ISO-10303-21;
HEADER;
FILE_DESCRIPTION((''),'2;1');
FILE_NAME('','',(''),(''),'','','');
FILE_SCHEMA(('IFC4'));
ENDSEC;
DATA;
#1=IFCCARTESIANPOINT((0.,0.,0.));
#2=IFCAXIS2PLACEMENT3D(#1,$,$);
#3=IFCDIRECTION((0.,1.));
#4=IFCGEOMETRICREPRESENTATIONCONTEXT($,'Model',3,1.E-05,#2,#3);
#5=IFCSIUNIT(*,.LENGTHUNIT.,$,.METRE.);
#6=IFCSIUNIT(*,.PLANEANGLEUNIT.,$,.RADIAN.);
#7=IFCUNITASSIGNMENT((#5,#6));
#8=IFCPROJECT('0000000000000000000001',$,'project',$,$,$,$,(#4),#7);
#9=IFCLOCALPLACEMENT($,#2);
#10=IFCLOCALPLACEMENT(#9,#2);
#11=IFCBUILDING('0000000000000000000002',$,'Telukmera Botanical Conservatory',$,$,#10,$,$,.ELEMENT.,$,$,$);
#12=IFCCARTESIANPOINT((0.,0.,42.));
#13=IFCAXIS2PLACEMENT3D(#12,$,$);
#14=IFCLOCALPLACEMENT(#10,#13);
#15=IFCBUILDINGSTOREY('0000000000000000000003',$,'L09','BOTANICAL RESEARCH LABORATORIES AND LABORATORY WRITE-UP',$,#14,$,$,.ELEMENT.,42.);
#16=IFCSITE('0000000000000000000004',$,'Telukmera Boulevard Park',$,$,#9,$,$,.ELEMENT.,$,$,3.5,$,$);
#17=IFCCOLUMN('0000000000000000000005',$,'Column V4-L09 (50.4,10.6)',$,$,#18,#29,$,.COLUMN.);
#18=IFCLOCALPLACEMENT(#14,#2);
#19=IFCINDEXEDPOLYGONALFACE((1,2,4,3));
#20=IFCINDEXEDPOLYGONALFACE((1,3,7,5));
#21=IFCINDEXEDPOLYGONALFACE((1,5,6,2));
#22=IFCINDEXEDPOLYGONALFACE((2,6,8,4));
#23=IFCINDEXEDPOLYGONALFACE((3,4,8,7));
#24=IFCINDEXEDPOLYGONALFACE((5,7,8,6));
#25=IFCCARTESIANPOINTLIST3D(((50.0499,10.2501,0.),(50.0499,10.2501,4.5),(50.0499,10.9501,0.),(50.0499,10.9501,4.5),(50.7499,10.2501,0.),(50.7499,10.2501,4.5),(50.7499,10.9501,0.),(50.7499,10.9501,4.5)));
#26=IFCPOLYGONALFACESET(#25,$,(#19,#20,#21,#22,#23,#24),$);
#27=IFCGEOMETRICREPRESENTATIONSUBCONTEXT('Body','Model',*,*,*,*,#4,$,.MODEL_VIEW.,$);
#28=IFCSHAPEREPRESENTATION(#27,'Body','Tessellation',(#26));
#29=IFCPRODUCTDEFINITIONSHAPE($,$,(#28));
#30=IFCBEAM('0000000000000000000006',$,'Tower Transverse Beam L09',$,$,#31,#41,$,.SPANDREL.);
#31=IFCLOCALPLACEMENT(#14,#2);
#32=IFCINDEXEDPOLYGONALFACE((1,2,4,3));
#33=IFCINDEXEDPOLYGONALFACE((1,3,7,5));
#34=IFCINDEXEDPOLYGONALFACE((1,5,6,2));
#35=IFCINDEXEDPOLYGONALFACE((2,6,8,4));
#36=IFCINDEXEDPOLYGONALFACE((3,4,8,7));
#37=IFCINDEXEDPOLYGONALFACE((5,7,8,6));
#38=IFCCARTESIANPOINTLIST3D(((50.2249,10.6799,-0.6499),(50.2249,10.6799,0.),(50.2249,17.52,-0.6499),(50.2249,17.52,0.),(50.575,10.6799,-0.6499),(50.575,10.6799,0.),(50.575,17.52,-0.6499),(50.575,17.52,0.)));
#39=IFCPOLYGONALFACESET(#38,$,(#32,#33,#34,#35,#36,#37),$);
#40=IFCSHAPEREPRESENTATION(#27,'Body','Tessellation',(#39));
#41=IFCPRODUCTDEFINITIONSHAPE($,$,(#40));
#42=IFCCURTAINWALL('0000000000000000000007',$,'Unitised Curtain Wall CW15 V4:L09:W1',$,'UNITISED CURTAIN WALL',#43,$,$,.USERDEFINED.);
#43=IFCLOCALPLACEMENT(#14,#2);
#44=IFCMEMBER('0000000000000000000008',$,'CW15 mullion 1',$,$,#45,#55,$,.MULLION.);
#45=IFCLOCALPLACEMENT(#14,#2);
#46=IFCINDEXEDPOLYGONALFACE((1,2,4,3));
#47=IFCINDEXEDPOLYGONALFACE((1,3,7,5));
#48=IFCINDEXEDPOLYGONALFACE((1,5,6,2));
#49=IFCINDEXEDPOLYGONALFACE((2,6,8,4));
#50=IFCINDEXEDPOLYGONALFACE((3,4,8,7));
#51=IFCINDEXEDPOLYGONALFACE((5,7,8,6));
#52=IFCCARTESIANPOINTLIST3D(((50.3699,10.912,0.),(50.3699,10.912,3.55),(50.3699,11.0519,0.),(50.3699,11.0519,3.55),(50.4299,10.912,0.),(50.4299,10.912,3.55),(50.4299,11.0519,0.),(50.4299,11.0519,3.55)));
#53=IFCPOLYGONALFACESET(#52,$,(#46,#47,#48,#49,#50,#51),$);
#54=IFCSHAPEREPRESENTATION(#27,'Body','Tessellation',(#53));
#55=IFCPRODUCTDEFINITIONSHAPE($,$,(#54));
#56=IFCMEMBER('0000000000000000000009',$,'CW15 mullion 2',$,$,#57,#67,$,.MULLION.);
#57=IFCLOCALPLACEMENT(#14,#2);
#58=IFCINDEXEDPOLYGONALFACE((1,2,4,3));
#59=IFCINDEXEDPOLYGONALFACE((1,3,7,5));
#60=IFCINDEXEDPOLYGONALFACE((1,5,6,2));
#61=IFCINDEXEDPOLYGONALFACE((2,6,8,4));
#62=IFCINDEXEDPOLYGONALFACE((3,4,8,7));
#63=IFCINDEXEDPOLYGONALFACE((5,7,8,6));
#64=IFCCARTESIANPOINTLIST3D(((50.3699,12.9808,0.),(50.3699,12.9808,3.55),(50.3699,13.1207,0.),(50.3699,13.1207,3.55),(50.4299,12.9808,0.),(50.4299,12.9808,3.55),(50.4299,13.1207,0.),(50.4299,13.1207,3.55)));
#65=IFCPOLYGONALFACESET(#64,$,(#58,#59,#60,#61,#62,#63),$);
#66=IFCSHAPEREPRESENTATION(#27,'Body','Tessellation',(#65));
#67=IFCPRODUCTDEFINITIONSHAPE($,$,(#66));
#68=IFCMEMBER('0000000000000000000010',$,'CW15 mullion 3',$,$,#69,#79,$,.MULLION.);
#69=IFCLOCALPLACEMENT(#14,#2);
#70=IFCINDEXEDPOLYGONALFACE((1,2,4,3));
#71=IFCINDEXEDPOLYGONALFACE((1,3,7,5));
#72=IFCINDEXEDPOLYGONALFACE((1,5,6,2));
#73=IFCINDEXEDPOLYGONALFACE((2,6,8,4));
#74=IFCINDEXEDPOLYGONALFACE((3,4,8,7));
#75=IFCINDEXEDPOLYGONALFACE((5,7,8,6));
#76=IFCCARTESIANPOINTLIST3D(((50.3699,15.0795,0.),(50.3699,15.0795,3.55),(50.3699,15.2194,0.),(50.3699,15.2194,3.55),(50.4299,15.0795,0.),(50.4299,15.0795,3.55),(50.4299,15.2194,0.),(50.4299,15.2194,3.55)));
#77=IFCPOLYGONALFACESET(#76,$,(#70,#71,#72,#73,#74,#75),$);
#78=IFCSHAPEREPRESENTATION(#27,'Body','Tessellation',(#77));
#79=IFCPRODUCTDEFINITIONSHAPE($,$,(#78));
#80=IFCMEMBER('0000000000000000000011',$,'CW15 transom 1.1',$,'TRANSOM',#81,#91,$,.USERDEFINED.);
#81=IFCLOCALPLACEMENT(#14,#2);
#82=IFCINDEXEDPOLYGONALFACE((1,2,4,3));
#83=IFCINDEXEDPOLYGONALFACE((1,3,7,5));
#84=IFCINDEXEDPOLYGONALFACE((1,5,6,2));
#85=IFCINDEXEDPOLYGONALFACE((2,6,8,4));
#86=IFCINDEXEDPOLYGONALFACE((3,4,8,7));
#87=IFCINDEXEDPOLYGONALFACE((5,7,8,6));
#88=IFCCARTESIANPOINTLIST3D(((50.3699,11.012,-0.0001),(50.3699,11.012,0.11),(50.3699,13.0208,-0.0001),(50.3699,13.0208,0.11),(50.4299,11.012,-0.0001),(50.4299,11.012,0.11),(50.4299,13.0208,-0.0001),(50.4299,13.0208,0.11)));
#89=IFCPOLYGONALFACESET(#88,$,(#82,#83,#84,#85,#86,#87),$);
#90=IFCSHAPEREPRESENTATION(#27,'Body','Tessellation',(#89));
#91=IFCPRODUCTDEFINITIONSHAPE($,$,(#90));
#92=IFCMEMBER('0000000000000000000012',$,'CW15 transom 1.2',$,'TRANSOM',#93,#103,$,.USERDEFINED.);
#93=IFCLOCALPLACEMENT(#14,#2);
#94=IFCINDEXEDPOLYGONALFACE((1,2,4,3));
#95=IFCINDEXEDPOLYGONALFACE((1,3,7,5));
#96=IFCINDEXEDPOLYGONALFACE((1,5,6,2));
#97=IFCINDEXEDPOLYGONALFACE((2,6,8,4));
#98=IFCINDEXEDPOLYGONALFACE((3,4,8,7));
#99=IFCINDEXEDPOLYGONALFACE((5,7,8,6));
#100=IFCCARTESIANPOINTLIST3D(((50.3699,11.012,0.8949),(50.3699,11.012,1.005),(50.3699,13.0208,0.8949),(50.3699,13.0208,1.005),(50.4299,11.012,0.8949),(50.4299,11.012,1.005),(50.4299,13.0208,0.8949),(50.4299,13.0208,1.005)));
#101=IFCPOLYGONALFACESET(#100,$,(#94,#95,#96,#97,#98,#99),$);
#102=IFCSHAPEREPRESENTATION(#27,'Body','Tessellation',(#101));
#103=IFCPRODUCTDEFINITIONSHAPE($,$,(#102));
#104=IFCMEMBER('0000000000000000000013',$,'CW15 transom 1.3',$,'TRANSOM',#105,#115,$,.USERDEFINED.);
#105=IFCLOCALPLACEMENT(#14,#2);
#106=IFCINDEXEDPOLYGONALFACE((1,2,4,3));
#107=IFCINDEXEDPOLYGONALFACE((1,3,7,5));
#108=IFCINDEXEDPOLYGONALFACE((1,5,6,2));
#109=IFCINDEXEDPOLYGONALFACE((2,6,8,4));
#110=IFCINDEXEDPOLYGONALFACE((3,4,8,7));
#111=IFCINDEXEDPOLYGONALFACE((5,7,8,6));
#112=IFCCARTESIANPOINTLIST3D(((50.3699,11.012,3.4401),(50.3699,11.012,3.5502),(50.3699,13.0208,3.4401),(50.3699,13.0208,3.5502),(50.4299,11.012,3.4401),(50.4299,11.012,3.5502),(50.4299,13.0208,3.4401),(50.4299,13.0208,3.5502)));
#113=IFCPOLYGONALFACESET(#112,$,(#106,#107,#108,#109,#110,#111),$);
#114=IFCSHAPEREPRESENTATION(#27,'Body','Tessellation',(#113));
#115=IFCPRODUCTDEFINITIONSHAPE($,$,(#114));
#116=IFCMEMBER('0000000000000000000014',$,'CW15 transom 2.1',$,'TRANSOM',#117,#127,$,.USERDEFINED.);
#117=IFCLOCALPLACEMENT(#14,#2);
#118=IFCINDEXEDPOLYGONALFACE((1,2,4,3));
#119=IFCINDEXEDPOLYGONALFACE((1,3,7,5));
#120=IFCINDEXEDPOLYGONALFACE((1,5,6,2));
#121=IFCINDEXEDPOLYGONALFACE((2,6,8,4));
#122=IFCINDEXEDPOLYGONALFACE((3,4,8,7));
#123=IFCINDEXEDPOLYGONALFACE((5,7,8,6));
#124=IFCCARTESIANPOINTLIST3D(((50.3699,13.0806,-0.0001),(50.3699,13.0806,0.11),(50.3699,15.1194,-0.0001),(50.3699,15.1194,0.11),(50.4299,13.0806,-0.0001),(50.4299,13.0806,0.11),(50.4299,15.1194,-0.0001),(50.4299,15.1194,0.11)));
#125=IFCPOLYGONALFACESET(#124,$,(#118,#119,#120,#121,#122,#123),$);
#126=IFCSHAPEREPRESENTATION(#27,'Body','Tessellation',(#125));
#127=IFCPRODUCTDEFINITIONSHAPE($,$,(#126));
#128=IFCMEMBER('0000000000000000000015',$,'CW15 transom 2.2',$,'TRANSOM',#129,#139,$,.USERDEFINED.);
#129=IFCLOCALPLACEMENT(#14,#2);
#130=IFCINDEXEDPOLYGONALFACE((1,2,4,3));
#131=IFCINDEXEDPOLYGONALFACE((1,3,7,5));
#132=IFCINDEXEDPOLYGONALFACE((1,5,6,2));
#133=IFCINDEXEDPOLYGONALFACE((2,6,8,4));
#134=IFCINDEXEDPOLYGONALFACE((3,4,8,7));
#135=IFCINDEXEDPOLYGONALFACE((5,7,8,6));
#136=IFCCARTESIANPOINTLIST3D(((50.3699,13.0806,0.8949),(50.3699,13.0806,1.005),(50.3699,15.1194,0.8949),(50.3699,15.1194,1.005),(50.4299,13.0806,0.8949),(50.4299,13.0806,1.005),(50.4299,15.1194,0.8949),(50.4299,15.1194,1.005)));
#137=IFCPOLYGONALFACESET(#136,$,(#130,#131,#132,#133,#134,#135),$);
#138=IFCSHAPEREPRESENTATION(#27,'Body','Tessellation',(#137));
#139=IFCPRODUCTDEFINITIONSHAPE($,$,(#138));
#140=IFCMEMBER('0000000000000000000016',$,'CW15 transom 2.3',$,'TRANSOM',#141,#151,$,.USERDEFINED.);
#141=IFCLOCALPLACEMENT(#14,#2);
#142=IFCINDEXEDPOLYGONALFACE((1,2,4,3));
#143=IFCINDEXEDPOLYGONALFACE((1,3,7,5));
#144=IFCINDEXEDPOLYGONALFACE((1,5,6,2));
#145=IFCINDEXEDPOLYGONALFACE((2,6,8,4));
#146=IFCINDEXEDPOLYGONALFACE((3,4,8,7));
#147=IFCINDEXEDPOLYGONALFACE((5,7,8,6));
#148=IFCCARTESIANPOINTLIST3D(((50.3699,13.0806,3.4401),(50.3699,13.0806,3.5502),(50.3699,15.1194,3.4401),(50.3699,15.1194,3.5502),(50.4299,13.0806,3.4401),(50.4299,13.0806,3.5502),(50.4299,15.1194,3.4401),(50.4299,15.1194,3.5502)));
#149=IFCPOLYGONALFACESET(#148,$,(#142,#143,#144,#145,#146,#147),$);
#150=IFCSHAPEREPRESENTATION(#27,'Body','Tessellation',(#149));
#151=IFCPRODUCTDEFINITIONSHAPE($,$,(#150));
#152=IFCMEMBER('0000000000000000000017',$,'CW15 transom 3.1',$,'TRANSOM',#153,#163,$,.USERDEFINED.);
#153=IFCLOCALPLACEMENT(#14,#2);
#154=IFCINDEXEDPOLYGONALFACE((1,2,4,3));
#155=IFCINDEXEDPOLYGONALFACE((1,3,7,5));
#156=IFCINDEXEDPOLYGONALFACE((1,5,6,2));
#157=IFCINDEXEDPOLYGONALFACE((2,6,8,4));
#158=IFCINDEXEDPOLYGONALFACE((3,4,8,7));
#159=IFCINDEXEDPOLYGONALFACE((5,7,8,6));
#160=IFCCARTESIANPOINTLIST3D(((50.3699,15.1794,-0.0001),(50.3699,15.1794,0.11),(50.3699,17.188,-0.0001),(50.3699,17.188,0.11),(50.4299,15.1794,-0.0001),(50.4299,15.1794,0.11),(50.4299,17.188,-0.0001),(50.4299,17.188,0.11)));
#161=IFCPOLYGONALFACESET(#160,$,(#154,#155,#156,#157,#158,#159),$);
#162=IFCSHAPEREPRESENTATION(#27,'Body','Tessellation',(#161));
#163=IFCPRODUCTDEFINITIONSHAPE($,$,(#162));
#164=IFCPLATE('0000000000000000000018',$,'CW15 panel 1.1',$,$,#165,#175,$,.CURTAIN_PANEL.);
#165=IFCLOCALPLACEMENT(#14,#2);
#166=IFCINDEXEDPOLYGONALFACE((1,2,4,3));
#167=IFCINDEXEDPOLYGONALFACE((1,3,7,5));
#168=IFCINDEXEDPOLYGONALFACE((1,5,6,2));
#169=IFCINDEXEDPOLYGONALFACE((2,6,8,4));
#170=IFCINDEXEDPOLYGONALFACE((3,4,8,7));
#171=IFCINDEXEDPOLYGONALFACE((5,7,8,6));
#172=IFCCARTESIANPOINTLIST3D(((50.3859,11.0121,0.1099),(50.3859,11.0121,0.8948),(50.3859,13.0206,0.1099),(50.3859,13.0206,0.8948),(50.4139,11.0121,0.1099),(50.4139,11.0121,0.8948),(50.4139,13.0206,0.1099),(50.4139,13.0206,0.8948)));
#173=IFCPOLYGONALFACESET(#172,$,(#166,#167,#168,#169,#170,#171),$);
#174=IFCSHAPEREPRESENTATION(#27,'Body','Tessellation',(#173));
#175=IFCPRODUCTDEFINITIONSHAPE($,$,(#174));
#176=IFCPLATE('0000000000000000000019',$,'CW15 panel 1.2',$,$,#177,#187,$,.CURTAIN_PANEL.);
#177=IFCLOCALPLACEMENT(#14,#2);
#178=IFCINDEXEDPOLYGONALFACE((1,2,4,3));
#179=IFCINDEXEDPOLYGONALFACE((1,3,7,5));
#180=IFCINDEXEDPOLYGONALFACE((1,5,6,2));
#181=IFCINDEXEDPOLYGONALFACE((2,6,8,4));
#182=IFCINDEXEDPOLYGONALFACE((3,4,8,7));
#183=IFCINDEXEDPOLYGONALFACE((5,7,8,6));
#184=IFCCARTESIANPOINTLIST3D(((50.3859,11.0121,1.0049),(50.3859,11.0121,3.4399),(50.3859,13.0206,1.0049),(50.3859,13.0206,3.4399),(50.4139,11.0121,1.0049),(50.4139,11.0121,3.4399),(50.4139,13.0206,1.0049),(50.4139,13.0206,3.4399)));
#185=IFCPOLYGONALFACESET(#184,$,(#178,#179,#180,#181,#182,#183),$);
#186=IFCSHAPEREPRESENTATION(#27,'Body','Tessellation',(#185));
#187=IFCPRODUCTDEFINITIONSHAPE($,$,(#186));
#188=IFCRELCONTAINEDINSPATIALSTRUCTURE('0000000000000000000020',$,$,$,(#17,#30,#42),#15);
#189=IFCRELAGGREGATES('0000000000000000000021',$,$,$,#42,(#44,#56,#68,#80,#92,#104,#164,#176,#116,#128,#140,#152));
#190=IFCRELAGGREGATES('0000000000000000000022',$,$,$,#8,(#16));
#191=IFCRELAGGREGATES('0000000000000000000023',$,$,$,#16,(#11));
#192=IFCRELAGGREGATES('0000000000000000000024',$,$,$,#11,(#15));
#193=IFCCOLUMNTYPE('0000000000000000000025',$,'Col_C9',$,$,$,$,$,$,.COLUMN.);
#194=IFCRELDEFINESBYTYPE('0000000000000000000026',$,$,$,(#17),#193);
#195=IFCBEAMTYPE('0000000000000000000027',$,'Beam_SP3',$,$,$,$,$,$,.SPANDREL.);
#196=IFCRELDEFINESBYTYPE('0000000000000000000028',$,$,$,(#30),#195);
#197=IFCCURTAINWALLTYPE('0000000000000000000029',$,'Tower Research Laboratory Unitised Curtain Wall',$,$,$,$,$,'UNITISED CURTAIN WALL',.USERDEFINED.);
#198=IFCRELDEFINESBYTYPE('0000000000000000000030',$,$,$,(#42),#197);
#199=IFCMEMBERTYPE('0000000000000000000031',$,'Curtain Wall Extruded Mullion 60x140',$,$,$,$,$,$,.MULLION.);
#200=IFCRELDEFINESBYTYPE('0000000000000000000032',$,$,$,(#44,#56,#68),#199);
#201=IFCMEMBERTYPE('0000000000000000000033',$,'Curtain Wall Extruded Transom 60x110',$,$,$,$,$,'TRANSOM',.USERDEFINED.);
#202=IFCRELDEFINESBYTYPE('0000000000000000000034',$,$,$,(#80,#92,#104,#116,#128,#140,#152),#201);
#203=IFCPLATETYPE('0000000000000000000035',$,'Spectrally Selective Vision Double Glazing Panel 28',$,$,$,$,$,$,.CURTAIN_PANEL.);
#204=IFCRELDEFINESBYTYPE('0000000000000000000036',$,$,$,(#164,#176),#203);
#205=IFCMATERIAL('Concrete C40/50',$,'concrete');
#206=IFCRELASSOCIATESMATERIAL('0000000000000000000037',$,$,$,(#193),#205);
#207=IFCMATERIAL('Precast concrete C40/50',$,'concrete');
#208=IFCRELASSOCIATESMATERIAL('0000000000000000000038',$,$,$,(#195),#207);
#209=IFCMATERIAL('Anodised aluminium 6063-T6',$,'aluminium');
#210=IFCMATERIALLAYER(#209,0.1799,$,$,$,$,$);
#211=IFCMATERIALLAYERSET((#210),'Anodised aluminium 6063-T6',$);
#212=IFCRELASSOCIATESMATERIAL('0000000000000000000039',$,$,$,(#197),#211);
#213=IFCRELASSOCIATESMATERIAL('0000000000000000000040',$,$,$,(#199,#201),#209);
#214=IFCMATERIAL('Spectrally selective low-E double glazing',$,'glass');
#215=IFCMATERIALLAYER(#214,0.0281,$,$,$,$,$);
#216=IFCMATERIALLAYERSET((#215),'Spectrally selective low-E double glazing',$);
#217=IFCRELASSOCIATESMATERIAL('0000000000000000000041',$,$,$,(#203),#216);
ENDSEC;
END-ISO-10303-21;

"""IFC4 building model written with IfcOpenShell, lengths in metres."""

from ifc_helpers import new_model, si_unit, direction, frame, origin, origin_2d, place, context, subcontext, project, spatial, rectangle, extrude, material, layer, layer_set, material_profile, profile_set, type_object, element, aggregate, save


model = new_model("IFC4")

# Units and contexts
model_context = context("Model", 3, precision=1e-05, world=origin(), true_north=direction((0.0, 1.0)))
body_context = subcontext(model_context, "Body", "Model", "MODEL_VIEW")
ifc_project = project(units=[si_unit("LENGTHUNIT", "METRE"), si_unit("PLANEANGLEUNIT", "RADIAN")], contexts=[model_context])

# Site, building, storey
site_placement = place(None, origin())
site = spatial("IfcSite", under=ifc_project, at=site_placement, Name="Telukmera Boulevard Park", CompositionType="ELEMENT", RefElevation=3.5)
building_placement = place(site_placement, origin())
building = spatial("IfcBuilding", under=site, at=building_placement, Name="Telukmera Botanical Conservatory", CompositionType="ELEMENT")
storey_placement = place(building_placement, frame((0.0, 0.0, 42.0)))
storey = spatial("IfcBuildingStorey", under=building, at=storey_placement, Name="L09", Description="BOTANICAL RESEARCH LABORATORIES AND LABORATORY WRITE-UP", CompositionType="ELEMENT", Elevation=42.0)

# Column
ifc_material_1 = material(Name="Concrete C40/50", Category="concrete")
ifc_material_profile_1 = material_profile(ifc_material_1, rectangle(XDim=0.7, YDim=0.7, at=origin_2d()), Name="RC 700x700")
ifc_profile_set_1 = profile_set([ifc_material_profile_1], Name="Concrete C40/50")
column_type = type_object("IfcColumnType", Name="Col_C9", PredefinedType="COLUMN", material=ifc_profile_set_1)
column_placement = place(storey_placement, frame((50.3999, 10.6001, 0.0), z_axis=(0.0, 0.0, 1.0), x_axis=(1.0, 0.0, 0.0)))
element("IfcColumn", 1, at=column_placement, inside=storey, type_object=column_type, Name="Column V4-L09 (50.4,10.6)", PredefinedType="COLUMN", context=body_context, shape_type="SweptSolid", body=[
    extrude(rectangle(XDim=0.7, YDim=0.7, at=origin_2d()), origin(), (0.0, 0.0, 1.0), 4.5),
])

# Beam
ifc_material_2 = material(Name="Precast concrete C40/50", Category="concrete")
ifc_material_profile_2 = material_profile(ifc_material_2, rectangle(XDim=0.3501, YDim=0.6499, at=origin_2d()), Name="PC 350x650")
ifc_profile_set_2 = profile_set([ifc_material_profile_2], Name="Precast concrete C40/50")
beam_type = type_object("IfcBeamType", Name="Beam_SP3", PredefinedType="SPANDREL", material=ifc_profile_set_2)
beam_placement = place(storey_placement, frame((50.3999, 10.6799, -0.325), z_axis=(0.0, 1.0, 0.0), x_axis=(-1.0, 0.0, 0.0)))
element("IfcBeam", 2, at=beam_placement, inside=storey, type_object=beam_type, Name="Tower Transverse Beam L09", PredefinedType="SPANDREL", context=body_context, shape_type="SweptSolid", body=[
    extrude(rectangle(XDim=0.3501, YDim=0.6499, at=origin_2d()), origin(), (0.0, 0.0, 1.0), 6.8401),
])

# Curtain wall, members, plates
ifc_material_3 = material(Name="Anodised aluminium 6063-T6", Category="aluminium")
ifc_layer_1 = layer(ifc_material_3, 0.1799)
ifc_layer_set_1 = layer_set([ifc_layer_1], Name="Anodised aluminium 6063-T6")
curtain_wall_type = type_object("IfcCurtainWallType", Name="Tower Research Laboratory Unitised Curtain Wall", ElementType="UNITISED CURTAIN WALL", PredefinedType="USERDEFINED", material=ifc_layer_set_1)
curtain_wall_placement = place(storey_placement, origin())
curtain_wall = element("IfcCurtainWall", 3, at=curtain_wall_placement, inside=storey, type_object=curtain_wall_type, Name="Unitised Curtain Wall CW15 V4:L09:W1", ObjectType="UNITISED CURTAIN WALL", PredefinedType="USERDEFINED")
ifc_material_profile_3 = material_profile(ifc_material_3, rectangle(XDim=0.0601, YDim=0.1399, at=origin_2d()), Name="ALU MULL 60x140")
ifc_profile_set_3 = profile_set([ifc_material_profile_3], Name="Anodised aluminium 6063-T6")
member_type_1 = type_object("IfcMemberType", Name="Curtain Wall Extruded Mullion 60x140", PredefinedType="MULLION", material=ifc_profile_set_3)
member_1_placement = place(storey_placement, frame((50.3999, 10.9819, 0.0), z_axis=(0.0, 0.0, 1.0), x_axis=(-1.0, 0.0, 0.0)))
member_1 = element("IfcMember", 4, at=member_1_placement, type_object=member_type_1, Name="CW15 mullion 1", PredefinedType="MULLION", context=body_context, shape_type="SweptSolid", body=[
    extrude(rectangle(XDim=0.0601, YDim=0.1399, at=origin_2d()), origin(), (0.0, 0.0, 1.0), 3.55),
])
member_2_placement = place(storey_placement, frame((50.3999, 13.0508, 0.0), z_axis=(0.0, 0.0, 1.0), x_axis=(-1.0, 0.0, 0.0)))
member_2 = element("IfcMember", 5, at=member_2_placement, type_object=member_type_1, Name="CW15 mullion 2", PredefinedType="MULLION", context=body_context, shape_type="SweptSolid", body=[
    extrude(rectangle(XDim=0.0601, YDim=0.1399, at=origin_2d()), origin(), (0.0, 0.0, 1.0), 3.55),
])
member_3_placement = place(storey_placement, frame((50.3999, 15.1494, 0.0), z_axis=(0.0, 0.0, 1.0), x_axis=(-1.0, 0.0, 0.0)))
member_3 = element("IfcMember", 6, at=member_3_placement, type_object=member_type_1, Name="CW15 mullion 3", PredefinedType="MULLION", context=body_context, shape_type="SweptSolid", body=[
    extrude(rectangle(XDim=0.0601, YDim=0.1399, at=origin_2d()), origin(), (0.0, 0.0, 1.0), 3.55),
])
ifc_material_profile_4 = material_profile(ifc_material_3, rectangle(XDim=0.0601, YDim=0.1101, at=origin_2d()), Name="ALU TRAN 60x110")
ifc_profile_set_4 = profile_set([ifc_material_profile_4], Name="Anodised aluminium 6063-T6")
member_type_2 = type_object("IfcMemberType", Name="Curtain Wall Extruded Transom 60x110", ElementType="TRANSOM", PredefinedType="USERDEFINED", material=ifc_profile_set_4)
member_4_placement = place(storey_placement, frame((50.3999, 11.012, 0.0549), z_axis=(0.0, 1.0, 0.0), x_axis=(-1.0, 0.0, 0.0)))
member_4 = element("IfcMember", 7, at=member_4_placement, type_object=member_type_2, Name="CW15 transom 1.1", ObjectType="TRANSOM", PredefinedType="USERDEFINED", context=body_context, shape_type="SweptSolid", body=[
    extrude(rectangle(XDim=0.0601, YDim=0.1101, at=origin_2d()), origin(), (0.0, 0.0, 1.0), 2.0088),
])
member_5_placement = place(storey_placement, frame((50.3999, 11.012, 0.95), z_axis=(0.0, 1.0, 0.0), x_axis=(-1.0, 0.0, 0.0)))
member_5 = element("IfcMember", 8, at=member_5_placement, type_object=member_type_2, Name="CW15 transom 1.2", ObjectType="TRANSOM", PredefinedType="USERDEFINED", context=body_context, shape_type="SweptSolid", body=[
    extrude(rectangle(XDim=0.0601, YDim=0.1101, at=origin_2d()), origin(), (0.0, 0.0, 1.0), 2.0088),
])
member_6_placement = place(storey_placement, frame((50.3999, 11.012, 3.4951), z_axis=(0.0, 1.0, 0.0), x_axis=(-1.0, 0.0, 0.0)))
member_6 = element("IfcMember", 9, at=member_6_placement, type_object=member_type_2, Name="CW15 transom 1.3", ObjectType="TRANSOM", PredefinedType="USERDEFINED", context=body_context, shape_type="SweptSolid", body=[
    extrude(rectangle(XDim=0.0601, YDim=0.1101, at=origin_2d()), origin(), (0.0, 0.0, 1.0), 2.0088),
])
member_7_placement = place(storey_placement, frame((50.3999, 13.0806, 0.0549), z_axis=(0.0, 1.0, 0.0), x_axis=(-1.0, 0.0, 0.0)))
member_7 = element("IfcMember", 10, at=member_7_placement, type_object=member_type_2, Name="CW15 transom 2.1", ObjectType="TRANSOM", PredefinedType="USERDEFINED", context=body_context, shape_type="SweptSolid", body=[
    extrude(rectangle(XDim=0.0601, YDim=0.1101, at=origin_2d()), origin(), (0.0, 0.0, 1.0), 2.0388),
])
member_8_placement = place(storey_placement, frame((50.3999, 13.0806, 0.95), z_axis=(0.0, 1.0, 0.0), x_axis=(-1.0, 0.0, 0.0)))
member_8 = element("IfcMember", 11, at=member_8_placement, type_object=member_type_2, Name="CW15 transom 2.2", ObjectType="TRANSOM", PredefinedType="USERDEFINED", context=body_context, shape_type="SweptSolid", body=[
    extrude(rectangle(XDim=0.0601, YDim=0.1101, at=origin_2d()), origin(), (0.0, 0.0, 1.0), 2.0388),
])
member_9_placement = place(storey_placement, frame((50.3999, 13.0806, 3.4951), z_axis=(0.0, 1.0, 0.0), x_axis=(-1.0, 0.0, 0.0)))
member_9 = element("IfcMember", 12, at=member_9_placement, type_object=member_type_2, Name="CW15 transom 2.3", ObjectType="TRANSOM", PredefinedType="USERDEFINED", context=body_context, shape_type="SweptSolid", body=[
    extrude(rectangle(XDim=0.0601, YDim=0.1101, at=origin_2d()), origin(), (0.0, 0.0, 1.0), 2.0388),
])
member_10_placement = place(storey_placement, frame((50.3999, 15.1794, 0.0549), z_axis=(0.0, 1.0, 0.0), x_axis=(-1.0, 0.0, 0.0)))
member_10 = element("IfcMember", 13, at=member_10_placement, type_object=member_type_2, Name="CW15 transom 3.1", ObjectType="TRANSOM", PredefinedType="USERDEFINED", context=body_context, shape_type="SweptSolid", body=[
    extrude(rectangle(XDim=0.0601, YDim=0.1101, at=origin_2d()), origin(), (0.0, 0.0, 1.0), 2.0085),
])
ifc_material_4 = material(Name="Spectrally selective low-E double glazing", Category="glass")
ifc_layer_2 = layer(ifc_material_4, 0.0281)
ifc_layer_set_2 = layer_set([ifc_layer_2], Name="Spectrally selective low-E double glazing")
plate_type = type_object("IfcPlateType", Name="Spectrally Selective Vision Double Glazing Panel 28", PredefinedType="CURTAIN_PANEL", material=ifc_layer_set_2)
plate_1_placement = place(storey_placement, frame((50.3999, 12.0164, 0.1099), z_axis=(0.0, 0.0, 1.0), x_axis=(0.0, 1.0, 0.0)))
plate_1 = element("IfcPlate", 14, at=plate_1_placement, type_object=plate_type, Name="CW15 panel 1.1", PredefinedType="CURTAIN_PANEL", context=body_context, shape_type="SweptSolid", body=[
    extrude(rectangle(XDim=2.0085, YDim=0.0281, at=origin_2d()), origin(), (0.0, 0.0, 1.0), 0.7849),
])
plate_2_placement = place(storey_placement, frame((50.3999, 12.0164, 1.0049), z_axis=(0.0, 0.0, 1.0), x_axis=(0.0, 1.0, 0.0)))
plate_2 = element("IfcPlate", 15, at=plate_2_placement, type_object=plate_type, Name="CW15 panel 1.2", PredefinedType="CURTAIN_PANEL", context=body_context, shape_type="SweptSolid", body=[
    extrude(rectangle(XDim=2.0085, YDim=0.0281, at=origin_2d()), origin(), (0.0, 0.0, 1.0), 2.4351),
])
aggregate(curtain_wall, [member_1, member_2, member_3, member_4, member_5, member_6, plate_1, plate_2, member_7, member_8, member_9, member_10])

save(model, "model.ifc")
